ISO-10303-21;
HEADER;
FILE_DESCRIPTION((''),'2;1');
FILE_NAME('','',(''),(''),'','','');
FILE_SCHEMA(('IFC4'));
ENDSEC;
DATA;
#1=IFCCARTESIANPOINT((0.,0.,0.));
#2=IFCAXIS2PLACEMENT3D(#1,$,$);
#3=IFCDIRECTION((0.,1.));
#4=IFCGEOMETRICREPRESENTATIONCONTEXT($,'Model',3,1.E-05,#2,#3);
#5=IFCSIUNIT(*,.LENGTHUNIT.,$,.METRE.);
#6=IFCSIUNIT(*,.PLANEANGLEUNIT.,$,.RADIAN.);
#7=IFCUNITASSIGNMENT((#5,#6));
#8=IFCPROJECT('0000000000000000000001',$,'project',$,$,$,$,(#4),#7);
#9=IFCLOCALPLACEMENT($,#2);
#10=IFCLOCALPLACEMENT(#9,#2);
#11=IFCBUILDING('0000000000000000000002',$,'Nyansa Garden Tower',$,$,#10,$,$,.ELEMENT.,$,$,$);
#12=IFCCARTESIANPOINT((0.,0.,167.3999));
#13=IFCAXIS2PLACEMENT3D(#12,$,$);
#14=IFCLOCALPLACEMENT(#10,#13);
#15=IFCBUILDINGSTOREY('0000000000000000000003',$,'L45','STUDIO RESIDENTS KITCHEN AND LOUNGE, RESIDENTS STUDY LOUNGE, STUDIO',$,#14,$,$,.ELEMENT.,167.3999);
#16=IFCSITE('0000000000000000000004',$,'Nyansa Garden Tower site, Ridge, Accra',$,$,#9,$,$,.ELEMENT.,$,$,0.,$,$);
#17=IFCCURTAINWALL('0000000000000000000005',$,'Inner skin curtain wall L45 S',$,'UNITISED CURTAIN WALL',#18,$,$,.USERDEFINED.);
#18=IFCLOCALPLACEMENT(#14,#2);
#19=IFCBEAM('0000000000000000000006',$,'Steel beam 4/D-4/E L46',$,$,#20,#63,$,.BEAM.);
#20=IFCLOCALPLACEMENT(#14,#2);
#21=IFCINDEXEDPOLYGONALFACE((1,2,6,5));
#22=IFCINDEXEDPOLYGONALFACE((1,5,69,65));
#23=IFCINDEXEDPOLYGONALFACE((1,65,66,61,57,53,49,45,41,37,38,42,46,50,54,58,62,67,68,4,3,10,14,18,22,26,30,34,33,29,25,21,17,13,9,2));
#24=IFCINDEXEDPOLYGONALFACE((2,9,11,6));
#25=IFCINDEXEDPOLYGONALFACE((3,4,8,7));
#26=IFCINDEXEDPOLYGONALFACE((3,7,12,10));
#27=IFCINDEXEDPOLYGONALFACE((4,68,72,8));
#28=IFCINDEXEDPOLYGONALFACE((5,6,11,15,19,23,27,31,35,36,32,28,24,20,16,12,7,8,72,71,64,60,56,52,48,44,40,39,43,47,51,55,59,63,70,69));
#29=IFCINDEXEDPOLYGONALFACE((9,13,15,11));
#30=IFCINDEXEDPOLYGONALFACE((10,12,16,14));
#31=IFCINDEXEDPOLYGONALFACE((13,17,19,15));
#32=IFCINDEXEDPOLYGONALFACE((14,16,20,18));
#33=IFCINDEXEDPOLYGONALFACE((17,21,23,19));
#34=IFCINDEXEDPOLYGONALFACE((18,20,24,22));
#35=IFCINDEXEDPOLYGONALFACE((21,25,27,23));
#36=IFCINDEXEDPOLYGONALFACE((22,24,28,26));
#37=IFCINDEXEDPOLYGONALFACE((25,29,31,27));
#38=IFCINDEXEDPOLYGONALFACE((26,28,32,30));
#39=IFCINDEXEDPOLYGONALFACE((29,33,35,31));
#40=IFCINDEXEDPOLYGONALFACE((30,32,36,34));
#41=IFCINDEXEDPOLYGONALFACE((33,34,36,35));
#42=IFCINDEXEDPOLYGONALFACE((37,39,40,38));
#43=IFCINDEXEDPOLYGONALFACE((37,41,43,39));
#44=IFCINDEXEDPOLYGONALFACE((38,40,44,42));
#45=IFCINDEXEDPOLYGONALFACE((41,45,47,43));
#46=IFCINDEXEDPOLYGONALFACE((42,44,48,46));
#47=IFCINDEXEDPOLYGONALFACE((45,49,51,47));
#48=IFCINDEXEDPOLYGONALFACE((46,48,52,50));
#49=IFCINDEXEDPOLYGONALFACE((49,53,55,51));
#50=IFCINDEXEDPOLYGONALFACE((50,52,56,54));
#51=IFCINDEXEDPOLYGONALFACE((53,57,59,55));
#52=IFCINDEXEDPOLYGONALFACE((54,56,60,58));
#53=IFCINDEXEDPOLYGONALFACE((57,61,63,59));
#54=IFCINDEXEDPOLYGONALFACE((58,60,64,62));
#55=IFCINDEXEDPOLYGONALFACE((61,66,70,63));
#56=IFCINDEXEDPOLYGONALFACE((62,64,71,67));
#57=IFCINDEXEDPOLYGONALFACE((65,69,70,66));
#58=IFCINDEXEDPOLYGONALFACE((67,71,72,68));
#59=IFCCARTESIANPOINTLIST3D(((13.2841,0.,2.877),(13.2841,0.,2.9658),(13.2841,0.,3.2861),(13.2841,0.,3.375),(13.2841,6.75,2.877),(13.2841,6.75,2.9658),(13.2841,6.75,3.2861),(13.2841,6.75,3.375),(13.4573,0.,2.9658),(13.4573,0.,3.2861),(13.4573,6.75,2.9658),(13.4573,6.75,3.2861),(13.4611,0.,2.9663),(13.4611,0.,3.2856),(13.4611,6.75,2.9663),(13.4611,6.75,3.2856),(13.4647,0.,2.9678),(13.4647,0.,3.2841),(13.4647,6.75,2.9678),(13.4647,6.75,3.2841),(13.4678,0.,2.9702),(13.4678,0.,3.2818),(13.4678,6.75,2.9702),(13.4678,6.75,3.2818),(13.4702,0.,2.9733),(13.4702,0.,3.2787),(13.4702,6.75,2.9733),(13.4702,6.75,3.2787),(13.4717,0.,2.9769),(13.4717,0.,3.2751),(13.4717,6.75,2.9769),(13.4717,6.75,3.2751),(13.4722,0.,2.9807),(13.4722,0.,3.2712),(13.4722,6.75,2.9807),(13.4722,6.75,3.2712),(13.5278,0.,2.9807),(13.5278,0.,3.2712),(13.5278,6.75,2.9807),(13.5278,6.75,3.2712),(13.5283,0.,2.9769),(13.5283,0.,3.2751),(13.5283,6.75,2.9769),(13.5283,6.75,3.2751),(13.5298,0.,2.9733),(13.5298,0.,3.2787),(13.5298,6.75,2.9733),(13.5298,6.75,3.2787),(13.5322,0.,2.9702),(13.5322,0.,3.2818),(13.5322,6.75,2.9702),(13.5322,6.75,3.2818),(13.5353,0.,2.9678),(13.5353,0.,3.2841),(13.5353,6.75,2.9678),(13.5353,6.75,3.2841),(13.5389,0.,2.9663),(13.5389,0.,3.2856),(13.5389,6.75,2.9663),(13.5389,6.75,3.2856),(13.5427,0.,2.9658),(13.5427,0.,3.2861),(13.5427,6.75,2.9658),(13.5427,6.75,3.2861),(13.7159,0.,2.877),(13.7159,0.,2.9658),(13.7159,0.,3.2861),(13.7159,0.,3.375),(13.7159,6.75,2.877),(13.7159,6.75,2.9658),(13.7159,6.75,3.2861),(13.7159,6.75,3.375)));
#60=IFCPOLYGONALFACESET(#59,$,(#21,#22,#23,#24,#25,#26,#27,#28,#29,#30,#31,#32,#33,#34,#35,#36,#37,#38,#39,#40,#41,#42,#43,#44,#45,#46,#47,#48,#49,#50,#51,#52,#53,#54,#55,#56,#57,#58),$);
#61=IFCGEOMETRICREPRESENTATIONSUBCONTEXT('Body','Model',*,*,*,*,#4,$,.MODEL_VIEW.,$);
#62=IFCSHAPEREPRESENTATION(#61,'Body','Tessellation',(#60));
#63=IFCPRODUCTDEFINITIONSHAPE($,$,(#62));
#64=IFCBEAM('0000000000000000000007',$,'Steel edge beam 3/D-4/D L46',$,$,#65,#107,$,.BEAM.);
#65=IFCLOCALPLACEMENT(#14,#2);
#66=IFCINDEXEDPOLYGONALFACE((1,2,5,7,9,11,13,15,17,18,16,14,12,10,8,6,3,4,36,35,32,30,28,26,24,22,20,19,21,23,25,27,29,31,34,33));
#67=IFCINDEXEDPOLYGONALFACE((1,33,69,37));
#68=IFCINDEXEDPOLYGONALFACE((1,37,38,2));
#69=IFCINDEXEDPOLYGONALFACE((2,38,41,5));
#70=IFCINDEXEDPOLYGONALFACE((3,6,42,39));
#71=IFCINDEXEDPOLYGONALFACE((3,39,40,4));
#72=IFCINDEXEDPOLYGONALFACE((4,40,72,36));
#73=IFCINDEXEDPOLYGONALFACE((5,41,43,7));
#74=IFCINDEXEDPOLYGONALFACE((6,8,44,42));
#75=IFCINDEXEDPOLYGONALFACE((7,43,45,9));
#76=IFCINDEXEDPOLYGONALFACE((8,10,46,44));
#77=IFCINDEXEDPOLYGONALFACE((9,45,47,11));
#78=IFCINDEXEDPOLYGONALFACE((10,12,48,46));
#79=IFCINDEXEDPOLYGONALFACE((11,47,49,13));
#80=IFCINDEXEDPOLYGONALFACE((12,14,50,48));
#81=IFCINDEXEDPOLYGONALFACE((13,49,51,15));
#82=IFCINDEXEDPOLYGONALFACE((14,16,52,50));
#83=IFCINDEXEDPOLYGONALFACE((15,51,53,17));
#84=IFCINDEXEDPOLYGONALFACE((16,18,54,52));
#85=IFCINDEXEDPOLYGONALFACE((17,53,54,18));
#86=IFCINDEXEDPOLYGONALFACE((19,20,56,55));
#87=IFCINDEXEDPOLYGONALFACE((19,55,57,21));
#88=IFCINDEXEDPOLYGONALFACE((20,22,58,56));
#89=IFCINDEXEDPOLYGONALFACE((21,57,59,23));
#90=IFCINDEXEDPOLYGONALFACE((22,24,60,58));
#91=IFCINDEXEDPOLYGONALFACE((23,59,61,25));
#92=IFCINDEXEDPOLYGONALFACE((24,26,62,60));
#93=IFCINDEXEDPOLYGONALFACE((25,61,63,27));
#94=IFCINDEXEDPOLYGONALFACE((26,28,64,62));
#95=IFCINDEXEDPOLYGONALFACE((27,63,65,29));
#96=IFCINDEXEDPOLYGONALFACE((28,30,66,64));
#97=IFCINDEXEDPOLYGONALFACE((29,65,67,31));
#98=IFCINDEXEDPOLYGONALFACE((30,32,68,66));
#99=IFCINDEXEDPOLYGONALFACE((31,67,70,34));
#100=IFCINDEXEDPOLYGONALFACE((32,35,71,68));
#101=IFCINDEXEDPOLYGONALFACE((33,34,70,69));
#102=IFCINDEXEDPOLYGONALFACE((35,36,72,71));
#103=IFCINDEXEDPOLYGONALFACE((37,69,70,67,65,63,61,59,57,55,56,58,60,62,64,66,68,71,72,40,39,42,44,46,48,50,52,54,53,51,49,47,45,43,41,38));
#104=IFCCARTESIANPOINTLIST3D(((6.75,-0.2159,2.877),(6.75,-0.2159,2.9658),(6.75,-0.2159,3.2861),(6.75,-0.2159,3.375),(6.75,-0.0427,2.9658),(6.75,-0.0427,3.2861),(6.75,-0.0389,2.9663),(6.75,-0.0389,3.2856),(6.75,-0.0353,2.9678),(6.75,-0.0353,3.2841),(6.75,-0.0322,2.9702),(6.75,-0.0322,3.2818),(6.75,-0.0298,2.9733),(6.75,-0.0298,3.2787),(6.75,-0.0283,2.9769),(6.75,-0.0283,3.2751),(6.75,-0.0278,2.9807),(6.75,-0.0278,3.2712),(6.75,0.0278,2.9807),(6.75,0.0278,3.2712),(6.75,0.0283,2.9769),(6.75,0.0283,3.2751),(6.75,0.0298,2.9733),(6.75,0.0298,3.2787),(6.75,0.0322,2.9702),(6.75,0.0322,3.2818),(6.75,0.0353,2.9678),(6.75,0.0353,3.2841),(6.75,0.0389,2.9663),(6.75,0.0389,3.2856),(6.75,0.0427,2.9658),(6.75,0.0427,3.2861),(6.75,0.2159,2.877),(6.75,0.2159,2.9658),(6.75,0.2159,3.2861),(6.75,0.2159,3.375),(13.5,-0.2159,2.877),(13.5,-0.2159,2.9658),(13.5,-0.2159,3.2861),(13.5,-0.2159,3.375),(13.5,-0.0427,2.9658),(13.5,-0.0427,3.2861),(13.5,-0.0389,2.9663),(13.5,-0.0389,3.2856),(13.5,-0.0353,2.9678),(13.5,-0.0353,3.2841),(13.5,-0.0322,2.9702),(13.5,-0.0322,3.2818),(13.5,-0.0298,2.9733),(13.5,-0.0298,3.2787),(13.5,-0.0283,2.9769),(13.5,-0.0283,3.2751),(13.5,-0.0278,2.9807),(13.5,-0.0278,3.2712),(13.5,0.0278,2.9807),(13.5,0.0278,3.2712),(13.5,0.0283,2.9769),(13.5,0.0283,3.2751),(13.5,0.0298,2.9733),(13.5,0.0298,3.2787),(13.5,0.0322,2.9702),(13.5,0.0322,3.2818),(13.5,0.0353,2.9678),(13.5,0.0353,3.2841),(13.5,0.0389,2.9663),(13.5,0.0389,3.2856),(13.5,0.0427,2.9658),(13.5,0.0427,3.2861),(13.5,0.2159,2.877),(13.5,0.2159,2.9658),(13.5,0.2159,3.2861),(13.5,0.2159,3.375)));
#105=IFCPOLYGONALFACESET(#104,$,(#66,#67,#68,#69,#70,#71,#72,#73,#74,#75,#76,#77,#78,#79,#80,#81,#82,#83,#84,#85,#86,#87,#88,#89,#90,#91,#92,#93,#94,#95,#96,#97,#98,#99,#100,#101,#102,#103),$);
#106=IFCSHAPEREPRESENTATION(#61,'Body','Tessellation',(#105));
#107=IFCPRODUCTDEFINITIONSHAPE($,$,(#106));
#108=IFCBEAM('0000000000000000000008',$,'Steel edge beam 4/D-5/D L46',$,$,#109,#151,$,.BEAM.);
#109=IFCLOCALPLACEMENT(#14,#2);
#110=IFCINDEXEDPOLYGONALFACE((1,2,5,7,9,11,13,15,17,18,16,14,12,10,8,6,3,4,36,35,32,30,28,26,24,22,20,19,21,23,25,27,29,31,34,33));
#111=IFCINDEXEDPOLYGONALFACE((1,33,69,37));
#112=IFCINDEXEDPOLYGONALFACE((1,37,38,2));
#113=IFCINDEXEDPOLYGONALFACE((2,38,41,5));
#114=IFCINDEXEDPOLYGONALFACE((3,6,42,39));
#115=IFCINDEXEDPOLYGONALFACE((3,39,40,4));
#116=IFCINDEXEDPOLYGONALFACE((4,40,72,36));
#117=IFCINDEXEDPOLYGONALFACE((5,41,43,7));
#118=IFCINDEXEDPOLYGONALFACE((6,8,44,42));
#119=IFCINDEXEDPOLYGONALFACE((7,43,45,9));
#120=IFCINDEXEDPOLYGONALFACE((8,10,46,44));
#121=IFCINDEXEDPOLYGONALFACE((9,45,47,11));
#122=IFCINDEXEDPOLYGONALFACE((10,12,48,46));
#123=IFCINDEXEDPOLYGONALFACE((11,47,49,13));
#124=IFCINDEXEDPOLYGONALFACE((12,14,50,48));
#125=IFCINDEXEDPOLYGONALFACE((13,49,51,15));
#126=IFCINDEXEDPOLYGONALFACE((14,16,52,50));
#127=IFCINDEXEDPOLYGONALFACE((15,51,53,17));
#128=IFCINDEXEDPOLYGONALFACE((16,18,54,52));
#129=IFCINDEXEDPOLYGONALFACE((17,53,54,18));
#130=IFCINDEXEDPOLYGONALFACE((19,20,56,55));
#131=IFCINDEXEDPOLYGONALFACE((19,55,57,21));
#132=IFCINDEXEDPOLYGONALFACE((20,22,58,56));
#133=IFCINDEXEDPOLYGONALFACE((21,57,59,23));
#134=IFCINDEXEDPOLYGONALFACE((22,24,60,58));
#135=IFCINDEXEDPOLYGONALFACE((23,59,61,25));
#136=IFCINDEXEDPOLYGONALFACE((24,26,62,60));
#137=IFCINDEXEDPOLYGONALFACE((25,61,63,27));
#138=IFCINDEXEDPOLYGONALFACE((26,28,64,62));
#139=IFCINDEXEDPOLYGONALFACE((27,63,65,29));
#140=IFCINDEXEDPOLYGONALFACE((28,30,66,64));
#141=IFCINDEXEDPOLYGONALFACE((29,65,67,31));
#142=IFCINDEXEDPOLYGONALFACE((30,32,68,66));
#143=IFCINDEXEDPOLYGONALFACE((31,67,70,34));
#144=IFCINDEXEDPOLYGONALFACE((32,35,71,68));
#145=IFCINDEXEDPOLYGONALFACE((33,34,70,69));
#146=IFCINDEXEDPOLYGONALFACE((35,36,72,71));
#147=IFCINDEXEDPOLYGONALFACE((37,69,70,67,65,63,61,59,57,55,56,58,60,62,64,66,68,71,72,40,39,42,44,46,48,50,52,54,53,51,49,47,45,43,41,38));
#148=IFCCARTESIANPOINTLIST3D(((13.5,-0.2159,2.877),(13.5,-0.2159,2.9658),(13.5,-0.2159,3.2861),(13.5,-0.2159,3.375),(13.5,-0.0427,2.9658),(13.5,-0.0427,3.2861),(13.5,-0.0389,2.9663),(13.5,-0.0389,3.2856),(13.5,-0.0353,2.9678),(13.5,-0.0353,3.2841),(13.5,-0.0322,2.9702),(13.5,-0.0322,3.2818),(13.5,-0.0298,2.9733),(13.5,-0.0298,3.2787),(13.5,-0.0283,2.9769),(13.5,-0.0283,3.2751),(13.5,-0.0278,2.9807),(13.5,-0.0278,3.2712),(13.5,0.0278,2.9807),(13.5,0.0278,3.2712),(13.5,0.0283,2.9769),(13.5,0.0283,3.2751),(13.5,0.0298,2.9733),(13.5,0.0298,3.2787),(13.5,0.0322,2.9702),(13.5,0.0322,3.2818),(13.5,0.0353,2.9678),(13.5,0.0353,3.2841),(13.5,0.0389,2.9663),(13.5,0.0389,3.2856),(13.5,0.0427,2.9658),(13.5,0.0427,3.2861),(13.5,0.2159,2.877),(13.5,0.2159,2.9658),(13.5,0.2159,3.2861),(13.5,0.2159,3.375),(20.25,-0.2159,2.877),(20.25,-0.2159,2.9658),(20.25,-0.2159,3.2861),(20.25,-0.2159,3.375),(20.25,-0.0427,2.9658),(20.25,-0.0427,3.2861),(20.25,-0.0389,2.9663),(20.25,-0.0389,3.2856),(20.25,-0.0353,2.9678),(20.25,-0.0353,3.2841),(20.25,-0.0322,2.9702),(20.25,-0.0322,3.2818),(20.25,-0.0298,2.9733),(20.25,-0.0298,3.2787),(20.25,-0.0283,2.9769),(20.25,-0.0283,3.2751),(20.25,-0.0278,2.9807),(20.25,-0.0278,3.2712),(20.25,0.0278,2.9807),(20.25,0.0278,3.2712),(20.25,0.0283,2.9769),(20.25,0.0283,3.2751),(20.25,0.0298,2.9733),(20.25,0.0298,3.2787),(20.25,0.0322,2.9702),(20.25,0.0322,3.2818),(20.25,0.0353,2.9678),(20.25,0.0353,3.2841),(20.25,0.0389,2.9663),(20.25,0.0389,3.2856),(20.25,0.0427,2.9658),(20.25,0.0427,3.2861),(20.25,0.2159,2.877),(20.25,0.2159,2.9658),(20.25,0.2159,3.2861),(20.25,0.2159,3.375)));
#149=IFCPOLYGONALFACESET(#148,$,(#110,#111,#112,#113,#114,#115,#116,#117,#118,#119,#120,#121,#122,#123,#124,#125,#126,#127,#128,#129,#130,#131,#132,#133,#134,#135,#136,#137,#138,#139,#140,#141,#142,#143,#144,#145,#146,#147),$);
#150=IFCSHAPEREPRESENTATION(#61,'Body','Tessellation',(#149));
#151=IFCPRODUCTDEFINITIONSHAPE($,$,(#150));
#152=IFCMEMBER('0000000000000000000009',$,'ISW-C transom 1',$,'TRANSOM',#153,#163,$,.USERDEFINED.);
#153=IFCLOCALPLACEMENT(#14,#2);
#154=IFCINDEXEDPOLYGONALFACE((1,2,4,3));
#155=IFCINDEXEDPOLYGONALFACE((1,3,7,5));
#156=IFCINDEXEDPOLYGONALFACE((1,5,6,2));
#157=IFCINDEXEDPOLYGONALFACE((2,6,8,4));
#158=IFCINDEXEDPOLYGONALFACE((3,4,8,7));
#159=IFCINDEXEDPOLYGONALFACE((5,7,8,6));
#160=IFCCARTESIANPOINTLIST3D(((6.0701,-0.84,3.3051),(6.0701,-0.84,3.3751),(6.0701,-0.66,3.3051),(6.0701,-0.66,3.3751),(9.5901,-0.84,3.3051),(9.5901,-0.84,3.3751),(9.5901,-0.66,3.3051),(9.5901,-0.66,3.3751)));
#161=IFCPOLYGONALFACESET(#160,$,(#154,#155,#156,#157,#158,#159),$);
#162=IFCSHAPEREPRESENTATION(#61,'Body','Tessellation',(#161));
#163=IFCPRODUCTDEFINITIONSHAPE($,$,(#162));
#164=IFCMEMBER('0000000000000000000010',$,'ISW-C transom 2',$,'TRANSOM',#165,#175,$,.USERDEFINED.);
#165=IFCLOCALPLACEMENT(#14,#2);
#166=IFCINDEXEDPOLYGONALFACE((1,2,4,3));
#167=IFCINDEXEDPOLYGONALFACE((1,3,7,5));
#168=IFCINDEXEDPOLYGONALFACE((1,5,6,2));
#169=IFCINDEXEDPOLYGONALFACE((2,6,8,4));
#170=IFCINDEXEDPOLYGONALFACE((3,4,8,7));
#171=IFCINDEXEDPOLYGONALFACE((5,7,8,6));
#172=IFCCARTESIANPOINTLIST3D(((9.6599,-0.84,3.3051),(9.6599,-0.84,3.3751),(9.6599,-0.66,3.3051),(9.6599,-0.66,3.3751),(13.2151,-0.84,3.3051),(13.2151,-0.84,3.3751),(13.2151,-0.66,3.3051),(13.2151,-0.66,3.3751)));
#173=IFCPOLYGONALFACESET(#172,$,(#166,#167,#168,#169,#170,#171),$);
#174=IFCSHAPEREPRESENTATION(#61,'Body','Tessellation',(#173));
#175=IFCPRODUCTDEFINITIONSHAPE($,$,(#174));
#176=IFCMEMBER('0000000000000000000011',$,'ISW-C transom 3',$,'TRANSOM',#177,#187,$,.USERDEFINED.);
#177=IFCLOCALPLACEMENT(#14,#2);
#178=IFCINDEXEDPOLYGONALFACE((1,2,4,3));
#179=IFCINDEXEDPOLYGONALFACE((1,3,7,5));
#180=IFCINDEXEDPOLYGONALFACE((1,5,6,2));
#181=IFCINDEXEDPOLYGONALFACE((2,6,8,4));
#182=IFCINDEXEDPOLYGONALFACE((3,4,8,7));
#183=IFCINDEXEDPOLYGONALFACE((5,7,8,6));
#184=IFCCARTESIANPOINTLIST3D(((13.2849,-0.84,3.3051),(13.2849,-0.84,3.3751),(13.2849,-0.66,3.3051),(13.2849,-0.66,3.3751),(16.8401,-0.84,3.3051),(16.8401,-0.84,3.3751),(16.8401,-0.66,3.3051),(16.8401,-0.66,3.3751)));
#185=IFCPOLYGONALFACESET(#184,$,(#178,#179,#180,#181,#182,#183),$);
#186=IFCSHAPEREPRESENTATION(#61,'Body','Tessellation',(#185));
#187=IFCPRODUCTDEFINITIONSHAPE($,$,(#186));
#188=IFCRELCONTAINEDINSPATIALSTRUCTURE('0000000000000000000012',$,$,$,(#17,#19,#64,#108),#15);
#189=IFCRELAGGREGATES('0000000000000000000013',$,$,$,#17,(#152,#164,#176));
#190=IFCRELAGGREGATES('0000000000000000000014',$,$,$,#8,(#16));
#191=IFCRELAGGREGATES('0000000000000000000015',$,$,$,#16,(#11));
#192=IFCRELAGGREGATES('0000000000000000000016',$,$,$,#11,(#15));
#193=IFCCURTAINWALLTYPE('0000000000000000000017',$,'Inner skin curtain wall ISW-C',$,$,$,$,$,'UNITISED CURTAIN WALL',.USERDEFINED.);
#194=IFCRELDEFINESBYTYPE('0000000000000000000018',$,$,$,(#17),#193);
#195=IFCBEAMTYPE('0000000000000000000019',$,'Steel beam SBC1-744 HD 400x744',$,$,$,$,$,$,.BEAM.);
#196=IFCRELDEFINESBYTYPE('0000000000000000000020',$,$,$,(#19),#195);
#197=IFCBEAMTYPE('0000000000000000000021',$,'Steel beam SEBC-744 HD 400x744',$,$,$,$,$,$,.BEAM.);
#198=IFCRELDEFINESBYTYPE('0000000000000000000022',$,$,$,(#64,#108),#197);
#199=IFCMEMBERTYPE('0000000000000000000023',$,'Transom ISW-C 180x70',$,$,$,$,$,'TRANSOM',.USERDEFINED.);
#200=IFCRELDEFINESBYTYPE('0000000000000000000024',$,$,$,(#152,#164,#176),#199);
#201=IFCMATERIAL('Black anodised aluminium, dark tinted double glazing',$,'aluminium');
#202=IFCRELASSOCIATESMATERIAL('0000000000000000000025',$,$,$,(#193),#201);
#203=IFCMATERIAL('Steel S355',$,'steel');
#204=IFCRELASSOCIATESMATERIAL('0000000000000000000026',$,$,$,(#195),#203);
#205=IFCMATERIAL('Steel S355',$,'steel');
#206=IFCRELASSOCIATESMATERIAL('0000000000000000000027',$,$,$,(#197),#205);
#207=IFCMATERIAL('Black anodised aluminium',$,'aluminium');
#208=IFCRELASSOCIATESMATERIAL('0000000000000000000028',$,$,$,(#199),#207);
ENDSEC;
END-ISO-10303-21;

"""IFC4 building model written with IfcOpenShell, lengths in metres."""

from ifc_helpers import new_model, si_unit, direction, frame, origin, origin_2d, place, context, subcontext, project, spatial, rectangle, i_section, extrude, material, material_profile, profile_set, type_object, element, aggregate, save


model = new_model("IFC4")

# Units and contexts
model_context = context("Model", 3, precision=1e-05, world=origin(), true_north=direction((0.0, 1.0)))
body_context = subcontext(model_context, "Body", "Model", "MODEL_VIEW")
ifc_project = project(units=[si_unit("LENGTHUNIT", "METRE"), si_unit("PLANEANGLEUNIT", "RADIAN")], contexts=[model_context])

# Site, building, storey
site_placement = place(None, origin())
site = spatial("IfcSite", under=ifc_project, at=site_placement, Name="Nyansa Garden Tower site, Ridge, Accra", CompositionType="ELEMENT", RefElevation=0.0)
building_placement = place(site_placement, origin())
building = spatial("IfcBuilding", under=site, at=building_placement, Name="Nyansa Garden Tower", CompositionType="ELEMENT")
storey_placement = place(building_placement, frame((0.0, 0.0, 167.3999)))
storey = spatial("IfcBuildingStorey", under=building, at=storey_placement, Name="L45", Description="STUDIO RESIDENTS KITCHEN AND LOUNGE, RESIDENTS STUDY LOUNGE, STUDIO", CompositionType="ELEMENT", Elevation=167.3999)

# Curtain wall
ifc_material_1 = material(Name="Black anodised aluminium, dark tinted double glazing", Category="aluminium")
curtain_wall_type = type_object("IfcCurtainWallType", Name="Inner skin curtain wall ISW-C", ElementType="UNITISED CURTAIN WALL", PredefinedType="USERDEFINED", material=ifc_material_1)
curtain_wall_placement = place(storey_placement, origin())
curtain_wall = element("IfcCurtainWall", 1, at=curtain_wall_placement, inside=storey, type_object=curtain_wall_type, Name="Inner skin curtain wall L45 S", ObjectType="UNITISED CURTAIN WALL", PredefinedType="USERDEFINED")

# Beams
ifc_material_2 = material(Name="Steel S355", Category="steel")
ifc_material_profile_1 = material_profile(ifc_material_2, i_section(OverallWidth=0.4319, OverallDepth=0.498, WebThickness=0.0557, FlangeThickness=0.0889, FilletRadius=0.0149, at=origin_2d()), Name="HD 400x744")
ifc_profile_set_1 = profile_set([ifc_material_profile_1], Name="Steel S355")
beam_type_1 = type_object("IfcBeamType", Name="Steel beam SBC1-744 HD 400x744", PredefinedType="BEAM", material=ifc_profile_set_1)
for number, where, z_axis, x_axis, name in (
    (2, (13.5, 0.0, 3.126), (0.0, 1.0, 0.0), (-1.0, 0.0, 0.0), "Steel beam 4/D-4/E L46"),
):
    element("IfcBeam", number, at=place(storey_placement, frame(where, z_axis=z_axis, x_axis=x_axis)), inside=storey, type_object=beam_type_1, Name=name, PredefinedType="BEAM", context=body_context, shape_type="SweptSolid", body=[
        extrude(i_section(OverallWidth=0.4319, OverallDepth=0.498, WebThickness=0.0557, FlangeThickness=0.0889, FilletRadius=0.0149, at=origin_2d()), origin(), (0.0, 0.0, 1.0), 6.75),
    ])
ifc_material_3 = material(Name="Steel S355", Category="steel")
ifc_material_profile_2 = material_profile(ifc_material_3, i_section(OverallWidth=0.4319, OverallDepth=0.498, WebThickness=0.0557, FlangeThickness=0.0889, FilletRadius=0.0149, at=origin_2d()), Name="HD 400x744")
ifc_profile_set_2 = profile_set([ifc_material_profile_2], Name="Steel S355")
beam_type_2 = type_object("IfcBeamType", Name="Steel beam SEBC-744 HD 400x744", PredefinedType="BEAM", material=ifc_profile_set_2)
for number, where, z_axis, x_axis, name in (
    (3, (6.75, 0.0, 3.126), (1.0, 0.0, 0.0), (0.0, 1.0, 0.0), "Steel edge beam 3/D-4/D L46"),
    (4, (13.5, 0.0, 3.126), (1.0, 0.0, 0.0), (0.0, 1.0, 0.0), "Steel edge beam 4/D-5/D L46"),
):
    element("IfcBeam", number, at=place(storey_placement, frame(where, z_axis=z_axis, x_axis=x_axis)), inside=storey, type_object=beam_type_2, Name=name, PredefinedType="BEAM", context=body_context, shape_type="SweptSolid", body=[
        extrude(i_section(OverallWidth=0.4319, OverallDepth=0.498, WebThickness=0.0557, FlangeThickness=0.0889, FilletRadius=0.0149, at=origin_2d()), origin(), (0.0, 0.0, 1.0), 6.75),
    ])

# Members
ifc_material_4 = material(Name="Black anodised aluminium", Category="aluminium")
ifc_material_profile_3 = material_profile(ifc_material_4, rectangle(XDim=0.1799, YDim=0.0701, at=origin_2d()), Name="Transom 180x70")
ifc_profile_set_3 = profile_set([ifc_material_profile_3], Name="Black anodised aluminium")
member_type_1 = type_object("IfcMemberType", Name="Transom ISW-C 180x70", ElementType="TRANSOM", PredefinedType="USERDEFINED", material=ifc_profile_set_3)
member_1_placement = place(storey_placement, frame((6.0701, -0.75, 3.3401), z_axis=(1.0, 0.0, 0.0), x_axis=(0.0, 1.0, 0.0)))
member_1 = element("IfcMember", 5, at=member_1_placement, type_object=member_type_1, Name="ISW-C transom 1", ObjectType="TRANSOM", PredefinedType="USERDEFINED", context=body_context, shape_type="SweptSolid", body=[
    extrude(rectangle(XDim=0.1799, YDim=0.0701, at=origin_2d()), origin(), (0.0, 0.0, 1.0), 3.52),
])
member_2_placement = place(storey_placement, frame((9.6599, -0.75, 3.3401), z_axis=(1.0, 0.0, 0.0), x_axis=(0.0, 1.0, 0.0)))
member_2 = element("IfcMember", 6, at=member_2_placement, type_object=member_type_1, Name="ISW-C transom 2", ObjectType="TRANSOM", PredefinedType="USERDEFINED", context=body_context, shape_type="SweptSolid", body=[
    extrude(rectangle(XDim=0.1799, YDim=0.0701, at=origin_2d()), origin(), (0.0, 0.0, 1.0), 3.5552),
])
member_3_placement = place(storey_placement, frame((13.2849, -0.75, 3.3401), z_axis=(1.0, 0.0, 0.0), x_axis=(0.0, 1.0, 0.0)))
member_3 = element("IfcMember", 7, at=member_3_placement, type_object=member_type_1, Name="ISW-C transom 3", ObjectType="TRANSOM", PredefinedType="USERDEFINED", context=body_context, shape_type="SweptSolid", body=[
    extrude(rectangle(XDim=0.1799, YDim=0.0701, at=origin_2d()), origin(), (0.0, 0.0, 1.0), 3.5552),
])

aggregate(curtain_wall, [member_1, member_2, member_3])

save(model, "model.ifc")
